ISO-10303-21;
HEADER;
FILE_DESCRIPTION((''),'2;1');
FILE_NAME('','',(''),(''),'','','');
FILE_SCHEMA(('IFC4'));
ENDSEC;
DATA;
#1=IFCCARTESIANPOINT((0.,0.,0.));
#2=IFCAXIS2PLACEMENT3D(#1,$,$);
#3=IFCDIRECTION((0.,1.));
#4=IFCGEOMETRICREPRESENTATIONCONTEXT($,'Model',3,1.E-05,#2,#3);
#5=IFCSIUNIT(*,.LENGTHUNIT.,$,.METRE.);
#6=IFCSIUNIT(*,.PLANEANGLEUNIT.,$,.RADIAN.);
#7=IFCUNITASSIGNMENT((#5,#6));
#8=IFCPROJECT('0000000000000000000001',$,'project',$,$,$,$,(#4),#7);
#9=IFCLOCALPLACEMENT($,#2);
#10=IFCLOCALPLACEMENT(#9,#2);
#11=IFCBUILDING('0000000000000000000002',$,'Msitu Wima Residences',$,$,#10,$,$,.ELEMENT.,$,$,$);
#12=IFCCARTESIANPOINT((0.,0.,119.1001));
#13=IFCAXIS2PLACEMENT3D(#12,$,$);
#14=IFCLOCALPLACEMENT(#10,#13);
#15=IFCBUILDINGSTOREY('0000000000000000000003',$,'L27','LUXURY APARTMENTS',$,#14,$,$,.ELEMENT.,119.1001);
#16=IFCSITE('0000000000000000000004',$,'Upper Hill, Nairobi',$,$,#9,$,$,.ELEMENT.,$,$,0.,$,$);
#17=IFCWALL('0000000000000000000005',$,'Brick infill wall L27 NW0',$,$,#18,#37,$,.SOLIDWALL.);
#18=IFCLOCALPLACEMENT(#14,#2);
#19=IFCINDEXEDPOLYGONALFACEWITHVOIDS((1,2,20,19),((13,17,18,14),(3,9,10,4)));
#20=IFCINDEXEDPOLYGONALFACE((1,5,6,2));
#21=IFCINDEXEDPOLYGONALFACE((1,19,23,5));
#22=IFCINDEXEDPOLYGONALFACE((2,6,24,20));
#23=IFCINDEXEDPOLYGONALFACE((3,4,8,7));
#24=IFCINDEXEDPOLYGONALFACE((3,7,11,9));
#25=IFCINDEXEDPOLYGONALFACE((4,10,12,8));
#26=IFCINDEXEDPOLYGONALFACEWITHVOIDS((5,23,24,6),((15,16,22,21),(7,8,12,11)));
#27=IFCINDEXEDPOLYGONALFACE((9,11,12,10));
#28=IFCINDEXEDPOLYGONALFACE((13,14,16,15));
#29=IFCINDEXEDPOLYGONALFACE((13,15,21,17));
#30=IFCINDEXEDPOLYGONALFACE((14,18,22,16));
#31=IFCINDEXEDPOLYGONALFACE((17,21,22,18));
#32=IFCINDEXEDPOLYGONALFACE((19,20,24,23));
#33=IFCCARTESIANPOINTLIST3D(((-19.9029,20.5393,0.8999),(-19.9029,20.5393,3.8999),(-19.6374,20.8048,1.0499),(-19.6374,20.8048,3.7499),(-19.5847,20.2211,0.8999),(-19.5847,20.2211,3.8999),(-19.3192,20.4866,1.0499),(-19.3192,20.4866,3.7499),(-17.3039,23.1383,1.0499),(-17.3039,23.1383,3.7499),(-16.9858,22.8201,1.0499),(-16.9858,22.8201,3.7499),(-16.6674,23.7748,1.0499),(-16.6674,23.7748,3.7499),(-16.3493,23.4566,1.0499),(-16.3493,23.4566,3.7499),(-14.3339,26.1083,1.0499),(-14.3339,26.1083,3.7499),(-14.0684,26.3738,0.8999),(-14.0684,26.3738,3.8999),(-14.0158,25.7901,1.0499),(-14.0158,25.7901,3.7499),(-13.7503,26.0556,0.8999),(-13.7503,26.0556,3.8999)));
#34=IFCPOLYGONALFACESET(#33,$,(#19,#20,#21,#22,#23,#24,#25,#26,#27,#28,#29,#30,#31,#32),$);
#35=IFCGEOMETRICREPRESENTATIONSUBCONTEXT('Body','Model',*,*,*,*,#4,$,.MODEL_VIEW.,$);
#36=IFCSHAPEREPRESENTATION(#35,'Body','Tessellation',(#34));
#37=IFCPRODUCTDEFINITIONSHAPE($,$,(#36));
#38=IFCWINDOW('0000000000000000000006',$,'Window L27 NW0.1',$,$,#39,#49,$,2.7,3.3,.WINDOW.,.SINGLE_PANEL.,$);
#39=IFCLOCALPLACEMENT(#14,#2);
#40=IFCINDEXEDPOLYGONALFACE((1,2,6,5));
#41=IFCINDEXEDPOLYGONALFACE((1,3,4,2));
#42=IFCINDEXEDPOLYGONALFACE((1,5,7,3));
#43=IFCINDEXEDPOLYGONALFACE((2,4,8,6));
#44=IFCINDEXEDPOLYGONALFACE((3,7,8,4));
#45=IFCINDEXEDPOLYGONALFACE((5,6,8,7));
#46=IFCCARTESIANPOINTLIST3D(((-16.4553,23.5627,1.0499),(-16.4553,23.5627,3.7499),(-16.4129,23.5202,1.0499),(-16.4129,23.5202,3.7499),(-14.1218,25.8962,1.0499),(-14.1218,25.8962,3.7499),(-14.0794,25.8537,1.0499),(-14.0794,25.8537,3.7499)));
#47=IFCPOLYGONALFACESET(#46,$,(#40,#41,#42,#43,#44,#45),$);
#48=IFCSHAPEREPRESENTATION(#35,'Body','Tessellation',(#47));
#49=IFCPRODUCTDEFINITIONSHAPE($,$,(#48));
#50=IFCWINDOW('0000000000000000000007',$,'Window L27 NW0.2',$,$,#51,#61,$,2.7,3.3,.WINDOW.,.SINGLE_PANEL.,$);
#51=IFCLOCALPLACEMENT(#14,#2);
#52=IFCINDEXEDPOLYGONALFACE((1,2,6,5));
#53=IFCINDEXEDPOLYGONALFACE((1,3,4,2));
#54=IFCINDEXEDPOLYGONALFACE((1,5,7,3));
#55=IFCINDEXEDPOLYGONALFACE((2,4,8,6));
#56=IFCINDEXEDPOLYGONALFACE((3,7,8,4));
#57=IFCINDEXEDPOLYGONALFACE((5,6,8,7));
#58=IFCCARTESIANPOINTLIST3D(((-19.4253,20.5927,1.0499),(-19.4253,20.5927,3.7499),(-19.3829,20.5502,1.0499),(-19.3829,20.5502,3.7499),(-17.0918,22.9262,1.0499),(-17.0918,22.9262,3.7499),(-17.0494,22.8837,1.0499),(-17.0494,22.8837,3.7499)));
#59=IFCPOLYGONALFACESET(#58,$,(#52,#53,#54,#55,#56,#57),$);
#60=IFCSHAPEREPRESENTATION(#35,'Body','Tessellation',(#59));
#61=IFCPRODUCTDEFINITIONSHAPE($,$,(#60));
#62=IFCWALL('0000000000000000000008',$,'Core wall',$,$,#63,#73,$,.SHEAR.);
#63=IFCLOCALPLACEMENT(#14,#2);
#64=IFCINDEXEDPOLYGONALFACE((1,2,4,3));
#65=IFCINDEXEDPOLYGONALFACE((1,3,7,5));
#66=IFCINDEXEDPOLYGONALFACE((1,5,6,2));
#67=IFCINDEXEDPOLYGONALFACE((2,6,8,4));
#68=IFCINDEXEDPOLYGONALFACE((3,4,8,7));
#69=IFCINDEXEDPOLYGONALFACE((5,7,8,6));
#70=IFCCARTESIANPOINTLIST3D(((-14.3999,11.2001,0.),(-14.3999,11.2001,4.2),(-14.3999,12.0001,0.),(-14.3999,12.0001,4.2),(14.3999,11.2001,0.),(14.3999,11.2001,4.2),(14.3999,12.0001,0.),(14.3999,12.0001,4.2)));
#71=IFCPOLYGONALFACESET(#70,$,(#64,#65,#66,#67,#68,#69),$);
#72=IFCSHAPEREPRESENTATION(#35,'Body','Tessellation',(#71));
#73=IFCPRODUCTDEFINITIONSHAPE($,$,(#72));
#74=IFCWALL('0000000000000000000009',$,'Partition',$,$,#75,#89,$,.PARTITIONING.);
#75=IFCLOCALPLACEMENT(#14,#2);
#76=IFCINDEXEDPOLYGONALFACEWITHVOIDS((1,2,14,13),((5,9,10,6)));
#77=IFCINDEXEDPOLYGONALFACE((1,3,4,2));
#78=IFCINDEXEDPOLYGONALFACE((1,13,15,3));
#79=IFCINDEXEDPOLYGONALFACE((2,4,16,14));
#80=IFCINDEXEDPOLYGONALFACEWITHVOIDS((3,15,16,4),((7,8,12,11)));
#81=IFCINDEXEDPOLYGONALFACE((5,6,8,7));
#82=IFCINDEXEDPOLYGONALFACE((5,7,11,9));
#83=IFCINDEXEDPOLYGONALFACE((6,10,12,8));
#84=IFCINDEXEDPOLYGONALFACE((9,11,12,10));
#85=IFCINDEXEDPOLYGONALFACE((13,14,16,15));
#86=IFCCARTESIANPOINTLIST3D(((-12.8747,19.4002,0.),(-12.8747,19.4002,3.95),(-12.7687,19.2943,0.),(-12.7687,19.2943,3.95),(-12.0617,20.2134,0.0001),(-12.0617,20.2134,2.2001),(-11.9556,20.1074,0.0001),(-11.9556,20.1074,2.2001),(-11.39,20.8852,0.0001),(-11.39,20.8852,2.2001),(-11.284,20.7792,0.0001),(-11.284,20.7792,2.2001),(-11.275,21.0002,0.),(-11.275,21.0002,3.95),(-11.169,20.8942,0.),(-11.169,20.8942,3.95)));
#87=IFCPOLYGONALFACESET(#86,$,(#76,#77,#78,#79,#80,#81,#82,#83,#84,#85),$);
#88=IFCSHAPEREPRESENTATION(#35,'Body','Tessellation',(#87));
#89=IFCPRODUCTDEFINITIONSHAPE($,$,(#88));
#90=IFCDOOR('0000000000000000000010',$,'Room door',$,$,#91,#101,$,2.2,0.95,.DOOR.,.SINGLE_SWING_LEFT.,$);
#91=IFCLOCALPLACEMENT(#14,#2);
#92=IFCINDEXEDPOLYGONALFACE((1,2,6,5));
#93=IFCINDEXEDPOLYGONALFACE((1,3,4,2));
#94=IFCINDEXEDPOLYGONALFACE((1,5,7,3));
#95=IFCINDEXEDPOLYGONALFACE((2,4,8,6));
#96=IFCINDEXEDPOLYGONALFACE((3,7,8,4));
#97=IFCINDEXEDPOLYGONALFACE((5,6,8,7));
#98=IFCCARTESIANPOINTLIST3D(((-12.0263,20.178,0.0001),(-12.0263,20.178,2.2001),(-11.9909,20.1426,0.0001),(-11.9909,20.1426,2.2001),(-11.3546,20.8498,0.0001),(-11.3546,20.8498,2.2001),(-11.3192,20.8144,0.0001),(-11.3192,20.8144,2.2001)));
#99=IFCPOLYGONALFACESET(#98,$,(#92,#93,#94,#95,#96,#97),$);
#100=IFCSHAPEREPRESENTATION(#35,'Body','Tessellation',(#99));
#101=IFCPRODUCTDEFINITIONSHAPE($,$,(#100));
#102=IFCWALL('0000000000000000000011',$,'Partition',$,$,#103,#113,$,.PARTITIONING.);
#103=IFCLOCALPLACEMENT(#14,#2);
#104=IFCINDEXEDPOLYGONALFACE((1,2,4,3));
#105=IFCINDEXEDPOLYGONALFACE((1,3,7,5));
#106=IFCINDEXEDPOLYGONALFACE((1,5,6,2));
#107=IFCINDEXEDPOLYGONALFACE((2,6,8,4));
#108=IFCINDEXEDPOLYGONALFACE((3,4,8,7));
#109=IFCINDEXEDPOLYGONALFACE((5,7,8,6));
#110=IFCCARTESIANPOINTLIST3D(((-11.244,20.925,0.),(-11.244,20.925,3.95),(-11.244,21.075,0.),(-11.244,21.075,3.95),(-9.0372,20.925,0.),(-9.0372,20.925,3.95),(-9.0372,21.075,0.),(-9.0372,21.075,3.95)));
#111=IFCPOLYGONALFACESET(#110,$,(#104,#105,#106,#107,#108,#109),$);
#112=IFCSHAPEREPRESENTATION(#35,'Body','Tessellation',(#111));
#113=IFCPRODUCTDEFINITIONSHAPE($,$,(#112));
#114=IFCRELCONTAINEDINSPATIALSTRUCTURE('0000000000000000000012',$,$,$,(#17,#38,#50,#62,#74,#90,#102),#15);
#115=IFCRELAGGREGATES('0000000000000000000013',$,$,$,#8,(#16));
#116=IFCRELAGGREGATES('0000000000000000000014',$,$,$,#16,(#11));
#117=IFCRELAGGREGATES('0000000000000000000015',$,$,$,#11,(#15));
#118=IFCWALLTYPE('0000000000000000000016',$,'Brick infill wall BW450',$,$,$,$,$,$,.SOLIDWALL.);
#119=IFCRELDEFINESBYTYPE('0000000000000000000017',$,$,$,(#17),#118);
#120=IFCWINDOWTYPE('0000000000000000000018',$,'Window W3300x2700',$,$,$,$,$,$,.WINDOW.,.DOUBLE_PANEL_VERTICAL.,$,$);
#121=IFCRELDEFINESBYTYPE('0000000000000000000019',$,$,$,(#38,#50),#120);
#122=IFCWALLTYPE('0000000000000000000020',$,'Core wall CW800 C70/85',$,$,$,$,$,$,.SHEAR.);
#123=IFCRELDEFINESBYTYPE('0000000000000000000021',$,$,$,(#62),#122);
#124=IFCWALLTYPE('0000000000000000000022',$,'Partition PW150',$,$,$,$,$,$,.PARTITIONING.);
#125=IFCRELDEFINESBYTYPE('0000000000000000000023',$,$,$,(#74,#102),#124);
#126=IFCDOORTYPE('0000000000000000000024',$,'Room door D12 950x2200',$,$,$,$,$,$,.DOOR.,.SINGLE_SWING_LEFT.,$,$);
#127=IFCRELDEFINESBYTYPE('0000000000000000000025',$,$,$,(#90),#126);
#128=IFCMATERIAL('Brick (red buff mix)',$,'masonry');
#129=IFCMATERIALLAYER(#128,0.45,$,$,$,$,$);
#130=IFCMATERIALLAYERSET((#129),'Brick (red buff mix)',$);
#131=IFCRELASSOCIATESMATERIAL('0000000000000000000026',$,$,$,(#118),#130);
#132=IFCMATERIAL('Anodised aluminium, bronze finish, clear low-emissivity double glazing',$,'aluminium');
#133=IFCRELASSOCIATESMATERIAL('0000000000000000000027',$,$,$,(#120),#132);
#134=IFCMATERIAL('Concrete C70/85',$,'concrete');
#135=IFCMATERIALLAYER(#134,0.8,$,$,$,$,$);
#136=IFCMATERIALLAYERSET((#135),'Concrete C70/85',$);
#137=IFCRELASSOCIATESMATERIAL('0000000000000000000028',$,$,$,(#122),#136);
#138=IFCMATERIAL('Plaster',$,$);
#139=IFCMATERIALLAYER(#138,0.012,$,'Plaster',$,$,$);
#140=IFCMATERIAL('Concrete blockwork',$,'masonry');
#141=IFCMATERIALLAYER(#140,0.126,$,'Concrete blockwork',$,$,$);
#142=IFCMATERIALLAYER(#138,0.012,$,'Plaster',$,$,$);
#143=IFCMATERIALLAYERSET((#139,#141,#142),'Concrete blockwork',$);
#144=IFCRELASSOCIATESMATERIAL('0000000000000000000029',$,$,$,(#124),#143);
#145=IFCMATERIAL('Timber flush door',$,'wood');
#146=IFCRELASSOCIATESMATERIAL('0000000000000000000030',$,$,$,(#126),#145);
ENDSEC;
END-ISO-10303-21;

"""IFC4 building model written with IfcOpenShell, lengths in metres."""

from ifc_helpers import new_model, si_unit, direction, frame, frame_2d, origin, place, context, subcontext, project, spatial, rectangle, extrude, material, layer, layer_set, type_object, element, fill, save


model = new_model("IFC4")

# Units and contexts
model_context = context("Model", 3, precision=1e-05, world=origin(), true_north=direction((0.0, 1.0)))
body_context = subcontext(model_context, "Body", "Model", "MODEL_VIEW")
ifc_project = project(units=[si_unit("LENGTHUNIT", "METRE"), si_unit("PLANEANGLEUNIT", "RADIAN")], contexts=[model_context])

# Site, building, storey
site_placement = place(None, origin())
site = spatial("IfcSite", under=ifc_project, at=site_placement, Name="Upper Hill, Nairobi", CompositionType="ELEMENT", RefElevation=0.0)
building_placement = place(site_placement, origin())
building = spatial("IfcBuilding", under=site, at=building_placement, Name="Msitu Wima Residences", CompositionType="ELEMENT")
storey_placement = place(building_placement, frame((0.0, 0.0, 119.1001)))
storey = spatial("IfcBuildingStorey", under=building, at=storey_placement, Name="L27", Description="LUXURY APARTMENTS", CompositionType="ELEMENT", Elevation=119.1001)

# Shared definitions
ifc_material_1 = material(Name="Concrete C70/85", Category="concrete")

# Wall, openings, windows
ifc_material_2 = material(Name="Brick (red buff mix)", Category="masonry")
ifc_layer_1 = layer(ifc_material_2, 0.45)
ifc_layer_set_1 = layer_set([ifc_layer_1], Name="Brick (red buff mix)")
wall_type_1 = type_object("IfcWallType", Name="Brick infill wall BW450", PredefinedType="SOLIDWALL", material=ifc_layer_set_1)
ifc_material_3 = material(Name="Anodised aluminium, bronze finish, clear low-emissivity double glazing", Category="aluminium")
window_type = type_object("IfcWindowType", Name="Window W3300x2700", PartitioningType="DOUBLE_PANEL_VERTICAL", PredefinedType="WINDOW", material=ifc_material_3)
wall_1_placement = place(storey_placement, frame((-13.9094, 26.2146, 0.8999), z_axis=(0.0, 0.0, 1.0), x_axis=(-0.707107, -0.707107, 0.0)))
wall_1 = element("IfcWall", 1, at=wall_1_placement, inside=storey, type_object=wall_type_1, Name="Brick infill wall L27 NW0", PredefinedType="SOLIDWALL", context=body_context, shape_type="SweptSolid", body=[
    extrude(rectangle(XDim=8.2512, YDim=0.45, at=frame_2d((4.1255, 0.0))), origin(), (0.0, 0.0, 1.0), 3.0),
])
opening_1_placement = place(wall_1_placement, frame((0.3755, 0.0, 0.1499)))
opening_1 = element("IfcOpeningElement", 2, at=opening_1_placement, cuts=wall_1, PredefinedType="OPENING", context=body_context, shape_type="SweptSolid", body=[
    extrude(rectangle(XDim=3.3, YDim=2.7, at=frame_2d((1.6499, 1.3501))), frame((0.0, 0.2349, 0.0), z_axis=(0.0, -1.0, 0.0), x_axis=(1.0, 0.0, 0.0)), (0.0, 0.0, 1.0), 0.47),
])
opening_2_placement = place(wall_1_placement, frame((4.5757, 0.0, 0.1499)))
opening_2 = element("IfcOpeningElement", 3, at=opening_2_placement, cuts=wall_1, PredefinedType="OPENING", context=body_context, shape_type="SweptSolid", body=[
    extrude(rectangle(XDim=3.3, YDim=2.7, at=frame_2d((1.6499, 1.3501))), frame((0.0, 0.2349, 0.0), z_axis=(0.0, -1.0, 0.0), x_axis=(1.0, 0.0, 0.0)), (0.0, 0.0, 1.0), 0.47),
])
window_1_placement = place(opening_1_placement, origin())
window_1 = element("IfcWindow", 4, at=window_1_placement, inside=storey, type_object=window_type, Name="Window L27 NW0.1", OverallHeight=2.7, OverallWidth=3.3, PartitioningType="SINGLE_PANEL", PredefinedType="WINDOW", context=body_context, shape_type="SweptSolid", body=[
    extrude(rectangle(XDim=3.3, YDim=2.7, at=frame_2d((1.6499, 1.3501))), frame((0.0, 0.135, 0.0), z_axis=(0.0, -1.0, 0.0), x_axis=(1.0, 0.0, 0.0)), (0.0, 0.0, 1.0), 0.0601),
])
fill(opening_1, window_1)
window_2_placement = place(opening_2_placement, origin())
window_2 = element("IfcWindow", 5, at=window_2_placement, inside=storey, type_object=window_type, Name="Window L27 NW0.2", OverallHeight=2.7, OverallWidth=3.3, PartitioningType="SINGLE_PANEL", PredefinedType="WINDOW", context=body_context, shape_type="SweptSolid", body=[
    extrude(rectangle(XDim=3.3, YDim=2.7, at=frame_2d((1.6499, 1.3501))), frame((0.0, 0.135, 0.0), z_axis=(0.0, -1.0, 0.0), x_axis=(1.0, 0.0, 0.0)), (0.0, 0.0, 1.0), 0.0601),
])
fill(opening_2, window_2)

# Wall
ifc_layer_2 = layer(ifc_material_1, 0.8)
ifc_layer_set_2 = layer_set([ifc_layer_2], Name="Concrete C70/85")
wall_type_2 = type_object("IfcWallType", Name="Core wall CW800 C70/85", PredefinedType="SHEAR", material=ifc_layer_set_2)
wall_2_placement = place(storey_placement, frame((-14.3999, 11.6001, 0.0), z_axis=(0.0, 0.0, 1.0), x_axis=(1.0, 0.0, 0.0)))
element("IfcWall", 6, at=wall_2_placement, inside=storey, type_object=wall_type_2, Name="Core wall", PredefinedType="SHEAR", context=body_context, shape_type="SweptSolid", body=[
    extrude(rectangle(XDim=28.7998, YDim=0.8, at=frame_2d((14.3999, 0.0))), origin(), (0.0, 0.0, 1.0), 4.2),
])

# Wall, opening, door
ifc_material_4 = material(Name="Plaster")
ifc_layer_3 = layer(ifc_material_4, 0.012, Name="Plaster")
ifc_material_5 = material(Name="Concrete blockwork", Category="masonry")
ifc_layer_4 = layer(ifc_material_5, 0.126, Name="Concrete blockwork")
ifc_layer_5 = layer(ifc_material_4, 0.012, Name="Plaster")
ifc_layer_set_3 = layer_set([ifc_layer_3, ifc_layer_4, ifc_layer_5], Name="Concrete blockwork")
wall_type_3 = type_object("IfcWallType", Name="Partition PW150", PredefinedType="PARTITIONING", material=ifc_layer_set_3)
wall_3_placement = place(storey_placement, frame((-12.8218, 19.3472, 0.0), z_axis=(0.0, 0.0, 1.0), x_axis=(0.707053, 0.707161, 0.0)))
wall_3 = element("IfcWall", 7, at=wall_3_placement, inside=storey, type_object=wall_type_3, Name="Partition", PredefinedType="PARTITIONING", context=body_context, shape_type="SweptSolid", body=[
    extrude(rectangle(XDim=2.2625, YDim=0.1499, at=frame_2d((1.1313, 0.0))), origin(), (0.0, 0.0, 1.0), 3.95),
])
opening_3_placement = place(wall_3_placement, frame((1.1499, 0.0, 0.0)))
opening_3 = element("IfcOpeningElement", 8, at=opening_3_placement, cuts=wall_3, PredefinedType="OPENING", context=body_context, shape_type="SweptSolid", body=[
    extrude(rectangle(XDim=0.95, YDim=2.2, at=frame_2d((0.4751, 1.1001))), frame((0.0, 0.085, 0.0), z_axis=(0.0, -1.0, 0.0), x_axis=(1.0, 0.0, 0.0)), (0.0, 0.0, 1.0), 0.1699),
])
ifc_material_6 = material(Name="Timber flush door", Category="wood")
door_type_1 = type_object("IfcDoorType", Name="Room door D12 950x2200", OperationType="SINGLE_SWING_LEFT", PredefinedType="DOOR", material=ifc_material_6)
door_1_placement = place(opening_3_placement, origin())
door_1 = element("IfcDoor", 9, at=door_1_placement, inside=storey, type_object=door_type_1, Name="Room door", OperationType="SINGLE_SWING_LEFT", OverallHeight=2.2, OverallWidth=0.95, PredefinedType="DOOR", context=body_context, shape_type="SweptSolid", body=[
    extrude(rectangle(XDim=0.95, YDim=2.2, at=frame_2d((0.4751, 1.1001))), frame((0.0, 0.0249, 0.0), z_axis=(0.0, -1.0, 0.0), x_axis=(1.0, 0.0, 0.0)), (0.0, 0.0, 1.0), 0.05),
])
fill(opening_3, door_1)

# Wall
wall_4_placement = place(storey_placement, frame((-11.2441, 21.0, 0.0), z_axis=(0.0, 0.0, 1.0), x_axis=(1.0, 0.0, 0.0)))
element("IfcWall", 10, at=wall_4_placement, inside=storey, type_object=wall_type_3, Name="Partition", PredefinedType="PARTITIONING", context=body_context, shape_type="SweptSolid", body=[
    extrude(rectangle(XDim=2.2068, YDim=0.1499, at=frame_2d((1.1035, 0.0))), origin(), (0.0, 0.0, 1.0), 3.95),
])

save(model, "model.ifc")
